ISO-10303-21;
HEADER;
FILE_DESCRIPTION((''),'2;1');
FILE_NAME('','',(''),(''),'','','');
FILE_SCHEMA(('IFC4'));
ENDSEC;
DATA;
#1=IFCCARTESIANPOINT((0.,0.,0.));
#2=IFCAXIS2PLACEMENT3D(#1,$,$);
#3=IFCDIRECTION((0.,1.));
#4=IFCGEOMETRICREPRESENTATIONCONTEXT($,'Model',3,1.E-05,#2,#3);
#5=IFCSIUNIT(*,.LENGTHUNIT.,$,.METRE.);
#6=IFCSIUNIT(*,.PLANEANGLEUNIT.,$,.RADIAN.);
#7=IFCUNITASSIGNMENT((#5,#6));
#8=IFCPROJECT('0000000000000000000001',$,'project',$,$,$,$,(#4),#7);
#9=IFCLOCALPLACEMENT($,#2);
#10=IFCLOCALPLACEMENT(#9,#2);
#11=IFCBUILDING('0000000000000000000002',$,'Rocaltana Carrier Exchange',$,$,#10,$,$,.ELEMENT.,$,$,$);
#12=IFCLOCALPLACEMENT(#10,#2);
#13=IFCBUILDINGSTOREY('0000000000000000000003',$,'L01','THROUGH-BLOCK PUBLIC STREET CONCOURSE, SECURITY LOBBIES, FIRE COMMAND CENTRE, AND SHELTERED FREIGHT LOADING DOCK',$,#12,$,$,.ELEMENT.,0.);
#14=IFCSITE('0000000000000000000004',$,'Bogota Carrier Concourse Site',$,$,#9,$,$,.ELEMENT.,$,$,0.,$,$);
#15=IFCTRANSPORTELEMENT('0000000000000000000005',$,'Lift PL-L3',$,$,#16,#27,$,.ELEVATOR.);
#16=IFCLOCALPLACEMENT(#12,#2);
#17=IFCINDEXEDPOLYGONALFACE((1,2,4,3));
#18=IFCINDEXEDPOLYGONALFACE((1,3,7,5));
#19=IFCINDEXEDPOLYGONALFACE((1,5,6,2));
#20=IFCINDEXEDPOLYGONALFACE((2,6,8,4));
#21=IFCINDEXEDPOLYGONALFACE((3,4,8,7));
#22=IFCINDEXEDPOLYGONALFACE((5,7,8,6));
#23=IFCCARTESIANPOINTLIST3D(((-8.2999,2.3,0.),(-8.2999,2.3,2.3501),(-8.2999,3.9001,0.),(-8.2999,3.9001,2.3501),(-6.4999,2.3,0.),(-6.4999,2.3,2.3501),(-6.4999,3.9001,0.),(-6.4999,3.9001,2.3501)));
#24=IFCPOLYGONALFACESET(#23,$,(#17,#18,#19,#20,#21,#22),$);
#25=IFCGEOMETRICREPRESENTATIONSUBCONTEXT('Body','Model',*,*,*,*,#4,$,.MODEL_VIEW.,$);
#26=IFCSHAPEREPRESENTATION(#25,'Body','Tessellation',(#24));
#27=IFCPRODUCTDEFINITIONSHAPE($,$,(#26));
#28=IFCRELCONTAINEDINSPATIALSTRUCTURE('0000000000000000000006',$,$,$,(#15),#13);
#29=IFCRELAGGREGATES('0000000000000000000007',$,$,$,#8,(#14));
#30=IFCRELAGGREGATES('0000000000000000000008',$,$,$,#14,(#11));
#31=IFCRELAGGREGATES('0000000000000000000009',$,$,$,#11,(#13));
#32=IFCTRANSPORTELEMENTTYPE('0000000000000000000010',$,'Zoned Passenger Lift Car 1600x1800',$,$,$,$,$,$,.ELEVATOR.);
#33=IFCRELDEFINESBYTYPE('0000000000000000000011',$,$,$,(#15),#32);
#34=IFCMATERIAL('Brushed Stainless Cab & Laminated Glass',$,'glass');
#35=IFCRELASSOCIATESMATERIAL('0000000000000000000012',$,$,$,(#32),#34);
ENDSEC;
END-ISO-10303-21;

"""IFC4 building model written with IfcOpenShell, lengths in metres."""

from ifc_helpers import new_model, si_unit, direction, frame, origin, origin_2d, place, context, subcontext, project, spatial, rectangle, extrude, material, type_object, element, save


model = new_model("IFC4")

# Units and contexts
model_context = context("Model", 3, precision=1e-05, world=origin(), true_north=direction((0.0, 1.0)))
body_context = subcontext(model_context, "Body", "Model", "MODEL_VIEW")
ifc_project = project(units=[si_unit("LENGTHUNIT", "METRE"), si_unit("PLANEANGLEUNIT", "RADIAN")], contexts=[model_context])

# Site, building, storey
site_placement = place(None, origin())
site = spatial("IfcSite", under=ifc_project, at=site_placement, Name="Bogota Carrier Concourse Site", CompositionType="ELEMENT", RefElevation=0.0)
building_placement = place(site_placement, origin())
building = spatial("IfcBuilding", under=site, at=building_placement, Name="Rocaltana Carrier Exchange", CompositionType="ELEMENT")
storey_placement = place(building_placement, origin())
storey = spatial("IfcBuildingStorey", under=building, at=storey_placement, Name="L01", Description="THROUGH-BLOCK PUBLIC STREET CONCOURSE, SECURITY LOBBIES, FIRE COMMAND CENTRE, AND SHELTERED FREIGHT LOADING DOCK", CompositionType="ELEMENT", Elevation=0.0)

# Transport element
ifc_material_1 = material(Name="Brushed Stainless Cab & Laminated Glass", Category="glass")
transport_element_type = type_object("IfcTransportElementType", Name="Zoned Passenger Lift Car 1600x1800", PredefinedType="ELEVATOR", material=ifc_material_1)
for number, where, z_axis, x_axis, name in (
    (1, (-7.3999, 3.1001, 0.0), (0.0, 0.0, 1.0), (1.0, 0.0, 0.0), "Lift PL-L3"),
):
    element("IfcTransportElement", number, at=place(storey_placement, frame(where, z_axis=z_axis, x_axis=x_axis)), inside=storey, type_object=transport_element_type, Name=name, PredefinedType="ELEVATOR", context=body_context, shape_type="SweptSolid", body=[
        extrude(rectangle(XDim=1.8, YDim=1.6001, at=origin_2d()), origin(), (0.0, 0.0, 1.0), 2.3501),
    ])

save(model, "model.ifc")
